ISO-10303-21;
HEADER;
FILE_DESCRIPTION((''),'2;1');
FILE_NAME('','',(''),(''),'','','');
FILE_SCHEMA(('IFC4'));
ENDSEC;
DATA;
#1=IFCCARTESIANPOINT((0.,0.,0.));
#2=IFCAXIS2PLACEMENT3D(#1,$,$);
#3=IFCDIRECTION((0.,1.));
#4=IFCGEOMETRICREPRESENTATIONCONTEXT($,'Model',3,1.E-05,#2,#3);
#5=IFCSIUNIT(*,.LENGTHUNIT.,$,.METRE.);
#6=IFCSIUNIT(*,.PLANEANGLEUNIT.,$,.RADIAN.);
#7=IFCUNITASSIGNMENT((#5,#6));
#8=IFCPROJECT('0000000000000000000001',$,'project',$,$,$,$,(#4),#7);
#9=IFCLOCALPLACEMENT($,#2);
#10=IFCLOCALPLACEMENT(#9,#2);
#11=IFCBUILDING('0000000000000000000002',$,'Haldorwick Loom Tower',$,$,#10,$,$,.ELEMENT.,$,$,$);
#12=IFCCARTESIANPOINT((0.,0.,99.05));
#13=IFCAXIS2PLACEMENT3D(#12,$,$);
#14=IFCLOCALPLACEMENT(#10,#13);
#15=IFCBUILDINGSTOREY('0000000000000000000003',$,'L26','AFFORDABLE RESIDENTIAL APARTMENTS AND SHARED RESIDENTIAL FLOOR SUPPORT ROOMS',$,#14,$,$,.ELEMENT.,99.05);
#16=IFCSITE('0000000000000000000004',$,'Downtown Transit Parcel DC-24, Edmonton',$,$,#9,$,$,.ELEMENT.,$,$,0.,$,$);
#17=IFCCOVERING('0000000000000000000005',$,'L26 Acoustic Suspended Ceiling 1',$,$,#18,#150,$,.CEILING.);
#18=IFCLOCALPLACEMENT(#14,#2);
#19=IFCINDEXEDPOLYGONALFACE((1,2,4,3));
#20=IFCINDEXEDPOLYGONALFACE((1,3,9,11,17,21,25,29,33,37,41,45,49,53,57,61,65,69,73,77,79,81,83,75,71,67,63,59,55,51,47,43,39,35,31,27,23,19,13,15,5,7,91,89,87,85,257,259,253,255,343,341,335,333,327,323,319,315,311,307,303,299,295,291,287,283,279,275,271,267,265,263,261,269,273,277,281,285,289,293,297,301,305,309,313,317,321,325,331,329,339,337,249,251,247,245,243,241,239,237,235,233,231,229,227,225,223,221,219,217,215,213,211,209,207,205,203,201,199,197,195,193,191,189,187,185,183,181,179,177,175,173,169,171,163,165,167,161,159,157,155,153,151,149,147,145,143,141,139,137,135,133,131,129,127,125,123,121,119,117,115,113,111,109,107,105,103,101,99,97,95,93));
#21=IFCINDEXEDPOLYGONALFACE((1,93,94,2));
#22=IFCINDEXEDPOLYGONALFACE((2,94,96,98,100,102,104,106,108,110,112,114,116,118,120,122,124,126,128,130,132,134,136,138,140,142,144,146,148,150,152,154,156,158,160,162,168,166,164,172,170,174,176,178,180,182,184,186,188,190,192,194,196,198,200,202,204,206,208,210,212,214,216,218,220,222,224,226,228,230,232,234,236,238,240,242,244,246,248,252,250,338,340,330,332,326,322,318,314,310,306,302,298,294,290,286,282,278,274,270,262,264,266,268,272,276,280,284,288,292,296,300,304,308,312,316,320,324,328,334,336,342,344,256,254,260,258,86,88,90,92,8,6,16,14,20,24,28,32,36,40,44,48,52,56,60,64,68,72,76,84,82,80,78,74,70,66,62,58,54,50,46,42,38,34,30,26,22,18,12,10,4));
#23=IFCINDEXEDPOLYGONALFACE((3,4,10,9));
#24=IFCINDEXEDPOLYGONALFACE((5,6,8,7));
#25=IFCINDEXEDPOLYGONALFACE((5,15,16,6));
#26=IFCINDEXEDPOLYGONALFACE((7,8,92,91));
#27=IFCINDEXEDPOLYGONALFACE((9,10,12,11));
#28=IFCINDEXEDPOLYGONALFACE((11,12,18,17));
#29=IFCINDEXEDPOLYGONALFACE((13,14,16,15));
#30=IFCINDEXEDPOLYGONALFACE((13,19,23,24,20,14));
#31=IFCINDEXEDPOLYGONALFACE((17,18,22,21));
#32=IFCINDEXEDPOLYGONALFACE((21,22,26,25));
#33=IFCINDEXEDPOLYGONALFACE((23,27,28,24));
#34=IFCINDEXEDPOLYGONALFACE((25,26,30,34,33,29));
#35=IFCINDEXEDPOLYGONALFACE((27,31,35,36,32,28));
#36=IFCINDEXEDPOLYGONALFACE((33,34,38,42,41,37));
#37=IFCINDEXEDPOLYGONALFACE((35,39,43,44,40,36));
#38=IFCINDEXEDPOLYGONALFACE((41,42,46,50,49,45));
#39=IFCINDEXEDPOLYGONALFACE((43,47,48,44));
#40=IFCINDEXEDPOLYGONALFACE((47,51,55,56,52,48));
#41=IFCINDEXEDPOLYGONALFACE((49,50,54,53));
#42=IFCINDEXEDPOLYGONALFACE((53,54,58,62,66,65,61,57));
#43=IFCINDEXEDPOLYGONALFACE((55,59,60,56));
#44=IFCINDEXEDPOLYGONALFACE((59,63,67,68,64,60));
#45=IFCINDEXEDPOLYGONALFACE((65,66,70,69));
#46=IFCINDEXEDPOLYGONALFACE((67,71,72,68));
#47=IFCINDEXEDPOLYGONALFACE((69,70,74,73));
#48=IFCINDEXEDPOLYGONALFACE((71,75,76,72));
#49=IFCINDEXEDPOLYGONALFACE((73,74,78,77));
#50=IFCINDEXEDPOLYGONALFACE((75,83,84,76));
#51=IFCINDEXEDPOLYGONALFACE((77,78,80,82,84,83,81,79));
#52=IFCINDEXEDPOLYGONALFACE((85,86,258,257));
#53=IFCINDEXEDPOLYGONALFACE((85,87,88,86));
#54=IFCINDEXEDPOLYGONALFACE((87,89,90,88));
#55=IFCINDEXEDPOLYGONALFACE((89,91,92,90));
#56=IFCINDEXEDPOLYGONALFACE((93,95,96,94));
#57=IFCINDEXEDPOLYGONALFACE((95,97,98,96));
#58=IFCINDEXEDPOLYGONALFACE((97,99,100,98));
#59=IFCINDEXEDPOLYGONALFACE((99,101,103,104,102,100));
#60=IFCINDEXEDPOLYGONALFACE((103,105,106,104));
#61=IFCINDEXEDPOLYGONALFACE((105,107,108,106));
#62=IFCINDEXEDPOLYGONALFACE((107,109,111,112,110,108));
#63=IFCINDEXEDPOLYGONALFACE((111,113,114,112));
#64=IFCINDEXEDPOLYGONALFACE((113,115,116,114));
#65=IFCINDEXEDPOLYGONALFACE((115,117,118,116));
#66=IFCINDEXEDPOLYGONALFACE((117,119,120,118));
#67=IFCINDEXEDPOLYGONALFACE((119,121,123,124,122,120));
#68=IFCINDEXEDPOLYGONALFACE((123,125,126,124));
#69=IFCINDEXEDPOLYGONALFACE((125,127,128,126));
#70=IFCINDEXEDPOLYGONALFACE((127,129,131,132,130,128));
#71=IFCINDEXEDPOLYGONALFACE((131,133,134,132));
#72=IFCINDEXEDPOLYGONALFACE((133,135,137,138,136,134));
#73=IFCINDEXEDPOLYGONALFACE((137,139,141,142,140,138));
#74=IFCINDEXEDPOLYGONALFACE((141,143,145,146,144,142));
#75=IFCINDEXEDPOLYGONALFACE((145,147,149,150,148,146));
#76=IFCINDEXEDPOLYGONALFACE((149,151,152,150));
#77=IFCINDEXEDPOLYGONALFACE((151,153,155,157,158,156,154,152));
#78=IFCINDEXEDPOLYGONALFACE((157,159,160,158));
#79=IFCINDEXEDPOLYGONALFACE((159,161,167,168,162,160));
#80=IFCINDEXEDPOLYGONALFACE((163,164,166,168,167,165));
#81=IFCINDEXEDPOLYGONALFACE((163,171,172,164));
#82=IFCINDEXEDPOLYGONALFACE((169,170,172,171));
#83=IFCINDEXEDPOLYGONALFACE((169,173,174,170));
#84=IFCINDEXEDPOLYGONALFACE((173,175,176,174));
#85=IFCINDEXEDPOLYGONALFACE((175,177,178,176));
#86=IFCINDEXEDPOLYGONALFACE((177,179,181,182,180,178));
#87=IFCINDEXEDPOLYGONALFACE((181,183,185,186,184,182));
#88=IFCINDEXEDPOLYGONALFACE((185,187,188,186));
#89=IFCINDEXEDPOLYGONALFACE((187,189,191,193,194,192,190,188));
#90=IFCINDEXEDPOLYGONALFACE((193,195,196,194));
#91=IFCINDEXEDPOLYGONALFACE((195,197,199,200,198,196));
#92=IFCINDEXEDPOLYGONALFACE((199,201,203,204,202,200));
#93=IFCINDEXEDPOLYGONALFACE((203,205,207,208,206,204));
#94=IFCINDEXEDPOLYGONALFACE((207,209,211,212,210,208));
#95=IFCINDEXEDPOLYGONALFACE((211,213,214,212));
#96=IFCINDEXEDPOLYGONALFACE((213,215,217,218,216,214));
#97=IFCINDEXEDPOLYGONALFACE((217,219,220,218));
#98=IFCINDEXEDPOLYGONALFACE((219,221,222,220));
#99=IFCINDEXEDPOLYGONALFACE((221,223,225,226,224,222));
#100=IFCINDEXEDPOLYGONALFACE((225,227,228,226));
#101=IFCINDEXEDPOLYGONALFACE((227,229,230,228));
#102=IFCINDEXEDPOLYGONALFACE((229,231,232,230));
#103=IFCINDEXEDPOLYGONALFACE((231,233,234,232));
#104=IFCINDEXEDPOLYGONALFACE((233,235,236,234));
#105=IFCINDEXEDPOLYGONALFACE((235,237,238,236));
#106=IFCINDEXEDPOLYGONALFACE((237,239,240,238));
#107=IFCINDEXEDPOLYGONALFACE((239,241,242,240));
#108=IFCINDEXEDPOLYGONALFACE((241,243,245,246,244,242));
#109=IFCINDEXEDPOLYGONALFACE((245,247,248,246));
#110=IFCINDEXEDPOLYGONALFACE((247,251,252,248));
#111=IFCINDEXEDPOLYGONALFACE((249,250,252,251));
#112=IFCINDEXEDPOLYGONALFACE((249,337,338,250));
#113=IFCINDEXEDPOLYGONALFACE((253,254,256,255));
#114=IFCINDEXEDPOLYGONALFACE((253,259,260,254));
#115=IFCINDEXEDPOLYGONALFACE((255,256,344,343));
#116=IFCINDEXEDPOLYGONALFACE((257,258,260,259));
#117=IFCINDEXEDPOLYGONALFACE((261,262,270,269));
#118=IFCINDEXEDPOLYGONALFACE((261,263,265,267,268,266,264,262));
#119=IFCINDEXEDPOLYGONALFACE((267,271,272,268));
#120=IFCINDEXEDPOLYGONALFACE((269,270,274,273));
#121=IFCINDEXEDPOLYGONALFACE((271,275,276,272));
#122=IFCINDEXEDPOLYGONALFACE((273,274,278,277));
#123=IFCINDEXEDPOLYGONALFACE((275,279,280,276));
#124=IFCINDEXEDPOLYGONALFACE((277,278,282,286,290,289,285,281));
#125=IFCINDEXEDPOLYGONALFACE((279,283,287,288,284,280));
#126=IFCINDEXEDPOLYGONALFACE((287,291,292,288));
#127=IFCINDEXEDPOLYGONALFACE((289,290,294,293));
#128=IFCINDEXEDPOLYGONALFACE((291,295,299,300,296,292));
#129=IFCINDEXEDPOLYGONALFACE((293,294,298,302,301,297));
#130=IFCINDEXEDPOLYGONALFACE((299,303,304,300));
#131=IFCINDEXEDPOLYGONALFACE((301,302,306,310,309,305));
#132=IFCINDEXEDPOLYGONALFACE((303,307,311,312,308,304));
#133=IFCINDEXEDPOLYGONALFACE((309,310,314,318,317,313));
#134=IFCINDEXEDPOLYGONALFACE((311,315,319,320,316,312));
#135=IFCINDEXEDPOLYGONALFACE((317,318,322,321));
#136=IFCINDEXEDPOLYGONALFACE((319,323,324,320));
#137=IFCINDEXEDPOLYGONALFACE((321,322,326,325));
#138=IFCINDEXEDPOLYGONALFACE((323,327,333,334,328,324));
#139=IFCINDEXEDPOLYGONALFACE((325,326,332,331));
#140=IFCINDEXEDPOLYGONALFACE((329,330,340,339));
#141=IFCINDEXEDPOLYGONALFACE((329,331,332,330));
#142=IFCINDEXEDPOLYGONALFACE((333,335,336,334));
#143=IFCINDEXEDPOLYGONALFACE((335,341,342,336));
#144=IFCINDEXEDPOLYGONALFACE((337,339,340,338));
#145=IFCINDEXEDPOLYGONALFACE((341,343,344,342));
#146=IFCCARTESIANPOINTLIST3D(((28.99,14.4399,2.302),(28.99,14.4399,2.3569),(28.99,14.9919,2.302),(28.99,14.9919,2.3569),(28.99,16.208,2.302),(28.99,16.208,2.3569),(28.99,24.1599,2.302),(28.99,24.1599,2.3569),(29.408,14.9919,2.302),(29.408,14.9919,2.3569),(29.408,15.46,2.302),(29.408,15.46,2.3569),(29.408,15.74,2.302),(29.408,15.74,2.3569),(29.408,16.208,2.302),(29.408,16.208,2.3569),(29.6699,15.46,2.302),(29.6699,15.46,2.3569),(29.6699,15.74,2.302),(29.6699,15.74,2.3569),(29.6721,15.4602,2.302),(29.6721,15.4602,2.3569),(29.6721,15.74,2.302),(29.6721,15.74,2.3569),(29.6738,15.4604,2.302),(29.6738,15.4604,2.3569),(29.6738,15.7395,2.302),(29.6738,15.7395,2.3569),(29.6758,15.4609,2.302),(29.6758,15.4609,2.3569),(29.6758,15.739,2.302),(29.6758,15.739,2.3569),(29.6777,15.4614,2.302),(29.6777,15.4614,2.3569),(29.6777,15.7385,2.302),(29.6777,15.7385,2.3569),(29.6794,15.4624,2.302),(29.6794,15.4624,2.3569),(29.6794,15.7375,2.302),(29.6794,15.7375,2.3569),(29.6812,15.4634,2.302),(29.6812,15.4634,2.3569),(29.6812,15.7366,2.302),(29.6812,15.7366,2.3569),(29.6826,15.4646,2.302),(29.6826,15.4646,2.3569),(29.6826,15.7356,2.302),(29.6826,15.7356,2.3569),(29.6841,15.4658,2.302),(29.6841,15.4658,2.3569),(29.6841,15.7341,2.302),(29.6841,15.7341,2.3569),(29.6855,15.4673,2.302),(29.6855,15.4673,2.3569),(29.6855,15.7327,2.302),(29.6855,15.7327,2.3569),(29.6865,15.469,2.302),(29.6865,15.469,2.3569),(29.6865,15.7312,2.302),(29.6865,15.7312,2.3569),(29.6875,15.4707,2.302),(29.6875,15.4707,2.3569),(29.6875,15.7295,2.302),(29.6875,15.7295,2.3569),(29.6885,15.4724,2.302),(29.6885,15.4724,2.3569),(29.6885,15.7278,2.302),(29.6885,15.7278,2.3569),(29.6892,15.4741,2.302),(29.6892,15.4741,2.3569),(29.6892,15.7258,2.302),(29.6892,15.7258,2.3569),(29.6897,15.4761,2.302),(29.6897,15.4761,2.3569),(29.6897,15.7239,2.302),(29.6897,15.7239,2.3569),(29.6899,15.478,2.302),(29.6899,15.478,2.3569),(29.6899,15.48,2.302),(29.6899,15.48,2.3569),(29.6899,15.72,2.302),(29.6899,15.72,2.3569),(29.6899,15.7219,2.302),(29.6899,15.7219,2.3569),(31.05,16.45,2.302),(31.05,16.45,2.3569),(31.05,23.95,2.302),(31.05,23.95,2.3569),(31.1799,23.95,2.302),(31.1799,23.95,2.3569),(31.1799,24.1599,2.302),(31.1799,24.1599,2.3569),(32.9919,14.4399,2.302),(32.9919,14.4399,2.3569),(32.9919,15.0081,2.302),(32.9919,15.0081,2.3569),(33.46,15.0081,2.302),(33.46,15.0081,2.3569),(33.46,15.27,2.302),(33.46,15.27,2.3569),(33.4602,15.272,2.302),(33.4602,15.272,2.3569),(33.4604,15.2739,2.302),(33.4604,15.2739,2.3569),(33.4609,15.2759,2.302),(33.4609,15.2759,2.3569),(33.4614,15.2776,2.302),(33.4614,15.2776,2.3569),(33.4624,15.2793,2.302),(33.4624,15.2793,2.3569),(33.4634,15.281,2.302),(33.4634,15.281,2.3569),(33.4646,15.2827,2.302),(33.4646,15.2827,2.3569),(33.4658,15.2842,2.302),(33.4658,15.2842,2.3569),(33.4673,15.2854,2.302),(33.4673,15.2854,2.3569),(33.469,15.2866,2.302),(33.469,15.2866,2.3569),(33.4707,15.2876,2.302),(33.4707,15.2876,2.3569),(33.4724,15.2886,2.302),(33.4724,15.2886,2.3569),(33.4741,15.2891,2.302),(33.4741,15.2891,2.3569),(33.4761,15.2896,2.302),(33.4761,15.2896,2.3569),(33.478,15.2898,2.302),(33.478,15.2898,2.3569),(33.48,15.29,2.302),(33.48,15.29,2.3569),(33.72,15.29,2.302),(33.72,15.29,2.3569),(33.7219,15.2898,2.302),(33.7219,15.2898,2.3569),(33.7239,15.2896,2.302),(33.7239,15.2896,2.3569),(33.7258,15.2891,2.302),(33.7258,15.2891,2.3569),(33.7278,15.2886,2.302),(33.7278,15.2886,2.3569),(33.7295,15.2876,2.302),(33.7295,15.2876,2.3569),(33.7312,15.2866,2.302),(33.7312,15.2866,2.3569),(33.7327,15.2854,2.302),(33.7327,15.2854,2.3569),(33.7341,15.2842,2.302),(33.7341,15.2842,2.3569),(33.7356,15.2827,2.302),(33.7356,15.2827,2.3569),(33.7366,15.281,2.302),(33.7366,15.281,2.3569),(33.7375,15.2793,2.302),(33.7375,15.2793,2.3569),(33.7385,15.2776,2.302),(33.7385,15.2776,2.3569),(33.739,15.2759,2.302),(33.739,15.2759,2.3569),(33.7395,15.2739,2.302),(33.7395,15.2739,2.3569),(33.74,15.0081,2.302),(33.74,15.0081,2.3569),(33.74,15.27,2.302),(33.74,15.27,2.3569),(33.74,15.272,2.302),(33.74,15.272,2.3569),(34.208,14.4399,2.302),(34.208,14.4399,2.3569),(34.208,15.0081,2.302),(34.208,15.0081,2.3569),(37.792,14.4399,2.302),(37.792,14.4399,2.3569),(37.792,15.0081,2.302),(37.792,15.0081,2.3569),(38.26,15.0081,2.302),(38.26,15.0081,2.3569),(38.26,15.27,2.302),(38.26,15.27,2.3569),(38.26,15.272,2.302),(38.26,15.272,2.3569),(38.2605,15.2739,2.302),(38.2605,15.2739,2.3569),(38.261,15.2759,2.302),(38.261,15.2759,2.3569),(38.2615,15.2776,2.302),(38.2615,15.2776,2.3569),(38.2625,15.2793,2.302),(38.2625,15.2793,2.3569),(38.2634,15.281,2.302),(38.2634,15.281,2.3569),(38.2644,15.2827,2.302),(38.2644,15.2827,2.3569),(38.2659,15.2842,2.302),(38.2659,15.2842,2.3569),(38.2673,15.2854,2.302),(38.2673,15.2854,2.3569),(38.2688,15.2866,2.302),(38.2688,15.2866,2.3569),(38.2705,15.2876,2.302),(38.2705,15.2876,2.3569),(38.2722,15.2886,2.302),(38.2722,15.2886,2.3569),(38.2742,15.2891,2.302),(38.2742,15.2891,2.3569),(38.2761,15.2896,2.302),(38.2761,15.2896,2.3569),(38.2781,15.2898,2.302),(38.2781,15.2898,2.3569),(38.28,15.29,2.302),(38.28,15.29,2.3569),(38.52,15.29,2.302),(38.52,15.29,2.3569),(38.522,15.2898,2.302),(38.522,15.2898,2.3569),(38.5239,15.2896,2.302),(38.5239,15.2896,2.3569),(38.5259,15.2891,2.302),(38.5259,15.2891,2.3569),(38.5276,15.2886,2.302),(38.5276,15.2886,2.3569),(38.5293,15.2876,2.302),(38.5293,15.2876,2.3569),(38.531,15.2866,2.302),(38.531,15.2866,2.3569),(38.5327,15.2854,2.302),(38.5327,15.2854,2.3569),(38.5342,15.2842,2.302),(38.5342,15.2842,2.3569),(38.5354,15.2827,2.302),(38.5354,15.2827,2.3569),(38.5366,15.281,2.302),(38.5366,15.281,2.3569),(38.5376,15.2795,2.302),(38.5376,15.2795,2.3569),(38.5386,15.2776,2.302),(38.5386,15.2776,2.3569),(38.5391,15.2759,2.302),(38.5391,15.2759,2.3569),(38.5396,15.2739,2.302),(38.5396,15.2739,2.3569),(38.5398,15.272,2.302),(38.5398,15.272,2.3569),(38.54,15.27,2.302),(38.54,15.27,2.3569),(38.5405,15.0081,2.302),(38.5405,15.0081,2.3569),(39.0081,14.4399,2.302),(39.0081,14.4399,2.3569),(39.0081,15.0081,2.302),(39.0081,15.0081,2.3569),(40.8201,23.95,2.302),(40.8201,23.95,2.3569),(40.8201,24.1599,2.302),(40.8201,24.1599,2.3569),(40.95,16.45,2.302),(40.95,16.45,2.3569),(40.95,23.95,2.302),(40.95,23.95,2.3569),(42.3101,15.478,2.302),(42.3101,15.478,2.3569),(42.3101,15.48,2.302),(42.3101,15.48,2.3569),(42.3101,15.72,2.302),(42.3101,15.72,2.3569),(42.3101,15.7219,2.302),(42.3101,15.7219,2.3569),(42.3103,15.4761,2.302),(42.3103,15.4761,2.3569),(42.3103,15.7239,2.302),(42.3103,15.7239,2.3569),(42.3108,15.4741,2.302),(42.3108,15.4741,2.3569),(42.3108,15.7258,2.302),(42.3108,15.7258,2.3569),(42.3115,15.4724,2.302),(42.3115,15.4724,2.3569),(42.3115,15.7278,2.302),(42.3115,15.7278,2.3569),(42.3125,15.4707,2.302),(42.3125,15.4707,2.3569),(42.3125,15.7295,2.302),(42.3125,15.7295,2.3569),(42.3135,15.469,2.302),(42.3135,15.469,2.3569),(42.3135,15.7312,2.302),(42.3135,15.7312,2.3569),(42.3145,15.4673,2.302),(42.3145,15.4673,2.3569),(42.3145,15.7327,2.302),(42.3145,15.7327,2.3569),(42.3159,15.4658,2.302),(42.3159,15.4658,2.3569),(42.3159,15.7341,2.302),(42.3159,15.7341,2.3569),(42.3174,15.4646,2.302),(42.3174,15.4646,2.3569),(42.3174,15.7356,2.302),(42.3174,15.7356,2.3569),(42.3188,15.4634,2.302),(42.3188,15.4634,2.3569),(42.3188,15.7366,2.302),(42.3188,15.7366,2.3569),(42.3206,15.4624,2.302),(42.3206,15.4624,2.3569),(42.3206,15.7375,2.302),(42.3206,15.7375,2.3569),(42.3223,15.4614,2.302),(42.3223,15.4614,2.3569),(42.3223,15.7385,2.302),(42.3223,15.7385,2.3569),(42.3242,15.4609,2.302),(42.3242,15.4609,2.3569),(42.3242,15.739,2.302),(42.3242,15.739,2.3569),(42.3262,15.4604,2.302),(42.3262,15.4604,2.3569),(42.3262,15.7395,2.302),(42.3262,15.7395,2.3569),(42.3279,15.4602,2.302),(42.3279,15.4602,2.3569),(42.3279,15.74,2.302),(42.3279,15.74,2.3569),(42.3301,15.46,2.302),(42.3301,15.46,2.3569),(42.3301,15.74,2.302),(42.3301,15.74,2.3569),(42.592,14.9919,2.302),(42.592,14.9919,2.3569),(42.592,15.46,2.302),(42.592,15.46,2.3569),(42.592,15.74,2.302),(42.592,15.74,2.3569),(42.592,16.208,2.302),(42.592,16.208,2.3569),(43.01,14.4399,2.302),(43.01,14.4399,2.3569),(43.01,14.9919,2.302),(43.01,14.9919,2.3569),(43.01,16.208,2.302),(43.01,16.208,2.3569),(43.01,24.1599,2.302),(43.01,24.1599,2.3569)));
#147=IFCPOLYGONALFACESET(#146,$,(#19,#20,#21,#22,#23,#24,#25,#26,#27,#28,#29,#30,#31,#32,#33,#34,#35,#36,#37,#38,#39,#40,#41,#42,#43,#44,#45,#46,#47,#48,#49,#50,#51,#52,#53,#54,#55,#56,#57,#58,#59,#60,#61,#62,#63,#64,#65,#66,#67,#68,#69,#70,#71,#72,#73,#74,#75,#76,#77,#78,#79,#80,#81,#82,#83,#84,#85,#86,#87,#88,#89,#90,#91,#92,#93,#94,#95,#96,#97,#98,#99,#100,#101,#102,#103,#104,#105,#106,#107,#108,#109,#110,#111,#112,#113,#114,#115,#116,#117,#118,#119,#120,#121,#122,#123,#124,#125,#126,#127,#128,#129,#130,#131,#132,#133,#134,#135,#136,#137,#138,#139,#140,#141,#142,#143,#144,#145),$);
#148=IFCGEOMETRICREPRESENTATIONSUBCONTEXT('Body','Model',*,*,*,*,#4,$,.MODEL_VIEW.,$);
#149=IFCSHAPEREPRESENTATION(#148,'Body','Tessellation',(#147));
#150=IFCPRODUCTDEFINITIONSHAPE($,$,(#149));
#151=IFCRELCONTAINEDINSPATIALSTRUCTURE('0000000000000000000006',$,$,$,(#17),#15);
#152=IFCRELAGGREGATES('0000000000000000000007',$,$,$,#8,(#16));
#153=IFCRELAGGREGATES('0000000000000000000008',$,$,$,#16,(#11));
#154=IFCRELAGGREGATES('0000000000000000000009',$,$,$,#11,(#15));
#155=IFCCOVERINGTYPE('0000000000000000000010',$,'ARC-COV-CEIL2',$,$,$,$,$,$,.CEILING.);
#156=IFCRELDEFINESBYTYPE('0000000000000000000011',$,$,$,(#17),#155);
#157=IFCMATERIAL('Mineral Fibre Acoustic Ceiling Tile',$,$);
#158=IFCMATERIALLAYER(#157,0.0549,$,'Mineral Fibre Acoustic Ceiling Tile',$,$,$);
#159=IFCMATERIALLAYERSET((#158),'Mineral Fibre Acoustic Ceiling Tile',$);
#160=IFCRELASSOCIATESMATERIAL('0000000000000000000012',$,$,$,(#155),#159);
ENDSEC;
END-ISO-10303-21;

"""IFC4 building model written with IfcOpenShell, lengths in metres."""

from ifc_helpers import new_model, si_unit, direction, frame, origin, place, context, subcontext, project, spatial, polyline, outline, extrude, material, layer, layer_set, type_object, element, save


model = new_model("IFC4")

# Units and contexts
model_context = context("Model", 3, precision=1e-05, world=origin(), true_north=direction((0.0, 1.0)))
body_context = subcontext(model_context, "Body", "Model", "MODEL_VIEW")
ifc_project = project(units=[si_unit("LENGTHUNIT", "METRE"), si_unit("PLANEANGLEUNIT", "RADIAN")], contexts=[model_context])

# Site, building, storey
site_placement = place(None, origin())
site = spatial("IfcSite", under=ifc_project, at=site_placement, Name="Downtown Transit Parcel DC-24, Edmonton", CompositionType="ELEMENT", RefElevation=0.0)
building_placement = place(site_placement, origin())
building = spatial("IfcBuilding", under=site, at=building_placement, Name="Haldorwick Loom Tower", CompositionType="ELEMENT")
storey_placement = place(building_placement, frame((0.0, 0.0, 99.05)))
storey = spatial("IfcBuildingStorey", under=building, at=storey_placement, Name="L26", Description="AFFORDABLE RESIDENTIAL APARTMENTS AND SHARED RESIDENTIAL FLOOR SUPPORT ROOMS", CompositionType="ELEMENT", Elevation=99.05)

# Covering
ifc_material_1 = material(Name="Mineral Fibre Acoustic Ceiling Tile")
ifc_layer_1 = layer(ifc_material_1, 0.0549, Name="Mineral Fibre Acoustic Ceiling Tile")
ifc_layer_set_1 = layer_set([ifc_layer_1], Name="Mineral Fibre Acoustic Ceiling Tile")
covering_type_1 = type_object("IfcCoveringType", Name="ARC-COV-CEIL2", PredefinedType="CEILING", material=ifc_layer_set_1)
covering_1_placement = place(storey_placement, frame((0.0, 0.0, 2.302)))
element("IfcCovering", 1, at=covering_1_placement, inside=storey, type_object=covering_type_1, Name="L26 Acoustic Suspended Ceiling 1", PredefinedType="CEILING", context=body_context, shape_type="SweptSolid", body=[
    extrude(outline(polyline([(33.72, 15.29), (33.7219, 15.2898), (33.7239, 15.2896), (33.7258, 15.2891), (33.7278, 15.2886), (33.7295, 15.2876), (33.7312, 15.2866), (33.7327, 15.2854), (33.7341, 15.2842), (33.7356, 15.2827), (33.7366, 15.281), (33.7375, 15.2793), (33.7385, 15.2776), (33.739, 15.2759), (33.7395, 15.2739), (33.74, 15.272), (33.74, 15.27), (33.74, 15.0081), (34.208, 15.0081), (34.208, 14.4399), (37.792, 14.4399), (37.792, 15.0081), (38.26, 15.0081), (38.26, 15.27), (38.26, 15.272), (38.2605, 15.2739), (38.261, 15.2759), (38.2615, 15.2776), (38.2625, 15.2793), (38.2634, 15.281), (38.2644, 15.2827), (38.2659, 15.2842), (38.2673, 15.2854), (38.2688, 15.2866), (38.2705, 15.2876), (38.2722, 15.2886), (38.2742, 15.2891), (38.2761, 15.2896), (38.2781, 15.2898), (38.28, 15.29), (38.52, 15.29), (38.522, 15.2898), (38.5239, 15.2896), (38.5259, 15.2891), (38.5276, 15.2886), (38.5293, 15.2876), (38.531, 15.2866), (38.5327, 15.2854), (38.5342, 15.2842), (38.5354, 15.2827), (38.5366, 15.281), (38.5376, 15.2795), (38.5386, 15.2776), (38.5391, 15.2759), (38.5396, 15.2739), (38.5398, 15.272), (38.54, 15.27), (38.5405, 15.0081), (39.0081, 15.0081), (39.0081, 14.4399), (43.01, 14.4399), (43.01, 14.9919), (42.592, 14.9919), (42.592, 15.46), (42.3301, 15.46), (42.3279, 15.4602), (42.3262, 15.4604), (42.3242, 15.4609), (42.3223, 15.4614), (42.3206, 15.4624), (42.3188, 15.4634), (42.3174, 15.4646), (42.3159, 15.4658), (42.3145, 15.4673), (42.3135, 15.469), (42.3125, 15.4707), (42.3115, 15.4724), (42.3108, 15.4741), (42.3103, 15.4761), (42.3101, 15.478), (42.3101, 15.48), (42.3101, 15.72), (42.3101, 15.7219), (42.3103, 15.7239), (42.3108, 15.7258), (42.3115, 15.7278), (42.3125, 15.7295), (42.3135, 15.7312), (42.3145, 15.7327), (42.3159, 15.7341), (42.3174, 15.7356), (42.3188, 15.7366), (42.3206, 15.7375), (42.3223, 15.7385), (42.3242, 15.739), (42.3262, 15.7395), (42.3279, 15.74), (42.3301, 15.74), (42.592, 15.74), (42.592, 16.208), (43.01, 16.208), (43.01, 24.1599), (40.8201, 24.1599), (40.8201, 23.95), (40.95, 23.95), (40.95, 16.45), (31.05, 16.45), (31.05, 23.95), (31.1799, 23.95), (31.1799, 24.1599), (28.99, 24.1599), (28.99, 16.208), (29.408, 16.208), (29.408, 15.74), (29.6699, 15.74), (29.6721, 15.74), (29.6738, 15.7395), (29.6758, 15.739), (29.6777, 15.7385), (29.6794, 15.7375), (29.6812, 15.7366), (29.6826, 15.7356), (29.6841, 15.7341), (29.6855, 15.7327), (29.6865, 15.7312), (29.6875, 15.7295), (29.6885, 15.7278), (29.6892, 15.7258), (29.6897, 15.7239), (29.6899, 15.7219), (29.6899, 15.72), (29.6899, 15.48), (29.6899, 15.478), (29.6897, 15.4761), (29.6892, 15.4741), (29.6885, 15.4724), (29.6875, 15.4707), (29.6865, 15.469), (29.6855, 15.4673), (29.6841, 15.4658), (29.6826, 15.4646), (29.6812, 15.4634), (29.6794, 15.4624), (29.6777, 15.4614), (29.6758, 15.4609), (29.6738, 15.4604), (29.6721, 15.4602), (29.6699, 15.46), (29.408, 15.46), (29.408, 14.9919), (28.99, 14.9919), (28.99, 14.4399), (32.9919, 14.4399), (32.9919, 15.0081), (33.46, 15.0081), (33.46, 15.27), (33.4602, 15.272), (33.4604, 15.2739), (33.4609, 15.2759), (33.4614, 15.2776), (33.4624, 15.2793), (33.4634, 15.281), (33.4646, 15.2827), (33.4658, 15.2842), (33.4673, 15.2854), (33.469, 15.2866), (33.4707, 15.2876), (33.4724, 15.2886), (33.4741, 15.2891), (33.4761, 15.2896), (33.478, 15.2898), (33.48, 15.29), (33.72, 15.29)])), origin(), (0.0, 0.0, 1.0), 0.0549),
])

save(model, "model.ifc")
